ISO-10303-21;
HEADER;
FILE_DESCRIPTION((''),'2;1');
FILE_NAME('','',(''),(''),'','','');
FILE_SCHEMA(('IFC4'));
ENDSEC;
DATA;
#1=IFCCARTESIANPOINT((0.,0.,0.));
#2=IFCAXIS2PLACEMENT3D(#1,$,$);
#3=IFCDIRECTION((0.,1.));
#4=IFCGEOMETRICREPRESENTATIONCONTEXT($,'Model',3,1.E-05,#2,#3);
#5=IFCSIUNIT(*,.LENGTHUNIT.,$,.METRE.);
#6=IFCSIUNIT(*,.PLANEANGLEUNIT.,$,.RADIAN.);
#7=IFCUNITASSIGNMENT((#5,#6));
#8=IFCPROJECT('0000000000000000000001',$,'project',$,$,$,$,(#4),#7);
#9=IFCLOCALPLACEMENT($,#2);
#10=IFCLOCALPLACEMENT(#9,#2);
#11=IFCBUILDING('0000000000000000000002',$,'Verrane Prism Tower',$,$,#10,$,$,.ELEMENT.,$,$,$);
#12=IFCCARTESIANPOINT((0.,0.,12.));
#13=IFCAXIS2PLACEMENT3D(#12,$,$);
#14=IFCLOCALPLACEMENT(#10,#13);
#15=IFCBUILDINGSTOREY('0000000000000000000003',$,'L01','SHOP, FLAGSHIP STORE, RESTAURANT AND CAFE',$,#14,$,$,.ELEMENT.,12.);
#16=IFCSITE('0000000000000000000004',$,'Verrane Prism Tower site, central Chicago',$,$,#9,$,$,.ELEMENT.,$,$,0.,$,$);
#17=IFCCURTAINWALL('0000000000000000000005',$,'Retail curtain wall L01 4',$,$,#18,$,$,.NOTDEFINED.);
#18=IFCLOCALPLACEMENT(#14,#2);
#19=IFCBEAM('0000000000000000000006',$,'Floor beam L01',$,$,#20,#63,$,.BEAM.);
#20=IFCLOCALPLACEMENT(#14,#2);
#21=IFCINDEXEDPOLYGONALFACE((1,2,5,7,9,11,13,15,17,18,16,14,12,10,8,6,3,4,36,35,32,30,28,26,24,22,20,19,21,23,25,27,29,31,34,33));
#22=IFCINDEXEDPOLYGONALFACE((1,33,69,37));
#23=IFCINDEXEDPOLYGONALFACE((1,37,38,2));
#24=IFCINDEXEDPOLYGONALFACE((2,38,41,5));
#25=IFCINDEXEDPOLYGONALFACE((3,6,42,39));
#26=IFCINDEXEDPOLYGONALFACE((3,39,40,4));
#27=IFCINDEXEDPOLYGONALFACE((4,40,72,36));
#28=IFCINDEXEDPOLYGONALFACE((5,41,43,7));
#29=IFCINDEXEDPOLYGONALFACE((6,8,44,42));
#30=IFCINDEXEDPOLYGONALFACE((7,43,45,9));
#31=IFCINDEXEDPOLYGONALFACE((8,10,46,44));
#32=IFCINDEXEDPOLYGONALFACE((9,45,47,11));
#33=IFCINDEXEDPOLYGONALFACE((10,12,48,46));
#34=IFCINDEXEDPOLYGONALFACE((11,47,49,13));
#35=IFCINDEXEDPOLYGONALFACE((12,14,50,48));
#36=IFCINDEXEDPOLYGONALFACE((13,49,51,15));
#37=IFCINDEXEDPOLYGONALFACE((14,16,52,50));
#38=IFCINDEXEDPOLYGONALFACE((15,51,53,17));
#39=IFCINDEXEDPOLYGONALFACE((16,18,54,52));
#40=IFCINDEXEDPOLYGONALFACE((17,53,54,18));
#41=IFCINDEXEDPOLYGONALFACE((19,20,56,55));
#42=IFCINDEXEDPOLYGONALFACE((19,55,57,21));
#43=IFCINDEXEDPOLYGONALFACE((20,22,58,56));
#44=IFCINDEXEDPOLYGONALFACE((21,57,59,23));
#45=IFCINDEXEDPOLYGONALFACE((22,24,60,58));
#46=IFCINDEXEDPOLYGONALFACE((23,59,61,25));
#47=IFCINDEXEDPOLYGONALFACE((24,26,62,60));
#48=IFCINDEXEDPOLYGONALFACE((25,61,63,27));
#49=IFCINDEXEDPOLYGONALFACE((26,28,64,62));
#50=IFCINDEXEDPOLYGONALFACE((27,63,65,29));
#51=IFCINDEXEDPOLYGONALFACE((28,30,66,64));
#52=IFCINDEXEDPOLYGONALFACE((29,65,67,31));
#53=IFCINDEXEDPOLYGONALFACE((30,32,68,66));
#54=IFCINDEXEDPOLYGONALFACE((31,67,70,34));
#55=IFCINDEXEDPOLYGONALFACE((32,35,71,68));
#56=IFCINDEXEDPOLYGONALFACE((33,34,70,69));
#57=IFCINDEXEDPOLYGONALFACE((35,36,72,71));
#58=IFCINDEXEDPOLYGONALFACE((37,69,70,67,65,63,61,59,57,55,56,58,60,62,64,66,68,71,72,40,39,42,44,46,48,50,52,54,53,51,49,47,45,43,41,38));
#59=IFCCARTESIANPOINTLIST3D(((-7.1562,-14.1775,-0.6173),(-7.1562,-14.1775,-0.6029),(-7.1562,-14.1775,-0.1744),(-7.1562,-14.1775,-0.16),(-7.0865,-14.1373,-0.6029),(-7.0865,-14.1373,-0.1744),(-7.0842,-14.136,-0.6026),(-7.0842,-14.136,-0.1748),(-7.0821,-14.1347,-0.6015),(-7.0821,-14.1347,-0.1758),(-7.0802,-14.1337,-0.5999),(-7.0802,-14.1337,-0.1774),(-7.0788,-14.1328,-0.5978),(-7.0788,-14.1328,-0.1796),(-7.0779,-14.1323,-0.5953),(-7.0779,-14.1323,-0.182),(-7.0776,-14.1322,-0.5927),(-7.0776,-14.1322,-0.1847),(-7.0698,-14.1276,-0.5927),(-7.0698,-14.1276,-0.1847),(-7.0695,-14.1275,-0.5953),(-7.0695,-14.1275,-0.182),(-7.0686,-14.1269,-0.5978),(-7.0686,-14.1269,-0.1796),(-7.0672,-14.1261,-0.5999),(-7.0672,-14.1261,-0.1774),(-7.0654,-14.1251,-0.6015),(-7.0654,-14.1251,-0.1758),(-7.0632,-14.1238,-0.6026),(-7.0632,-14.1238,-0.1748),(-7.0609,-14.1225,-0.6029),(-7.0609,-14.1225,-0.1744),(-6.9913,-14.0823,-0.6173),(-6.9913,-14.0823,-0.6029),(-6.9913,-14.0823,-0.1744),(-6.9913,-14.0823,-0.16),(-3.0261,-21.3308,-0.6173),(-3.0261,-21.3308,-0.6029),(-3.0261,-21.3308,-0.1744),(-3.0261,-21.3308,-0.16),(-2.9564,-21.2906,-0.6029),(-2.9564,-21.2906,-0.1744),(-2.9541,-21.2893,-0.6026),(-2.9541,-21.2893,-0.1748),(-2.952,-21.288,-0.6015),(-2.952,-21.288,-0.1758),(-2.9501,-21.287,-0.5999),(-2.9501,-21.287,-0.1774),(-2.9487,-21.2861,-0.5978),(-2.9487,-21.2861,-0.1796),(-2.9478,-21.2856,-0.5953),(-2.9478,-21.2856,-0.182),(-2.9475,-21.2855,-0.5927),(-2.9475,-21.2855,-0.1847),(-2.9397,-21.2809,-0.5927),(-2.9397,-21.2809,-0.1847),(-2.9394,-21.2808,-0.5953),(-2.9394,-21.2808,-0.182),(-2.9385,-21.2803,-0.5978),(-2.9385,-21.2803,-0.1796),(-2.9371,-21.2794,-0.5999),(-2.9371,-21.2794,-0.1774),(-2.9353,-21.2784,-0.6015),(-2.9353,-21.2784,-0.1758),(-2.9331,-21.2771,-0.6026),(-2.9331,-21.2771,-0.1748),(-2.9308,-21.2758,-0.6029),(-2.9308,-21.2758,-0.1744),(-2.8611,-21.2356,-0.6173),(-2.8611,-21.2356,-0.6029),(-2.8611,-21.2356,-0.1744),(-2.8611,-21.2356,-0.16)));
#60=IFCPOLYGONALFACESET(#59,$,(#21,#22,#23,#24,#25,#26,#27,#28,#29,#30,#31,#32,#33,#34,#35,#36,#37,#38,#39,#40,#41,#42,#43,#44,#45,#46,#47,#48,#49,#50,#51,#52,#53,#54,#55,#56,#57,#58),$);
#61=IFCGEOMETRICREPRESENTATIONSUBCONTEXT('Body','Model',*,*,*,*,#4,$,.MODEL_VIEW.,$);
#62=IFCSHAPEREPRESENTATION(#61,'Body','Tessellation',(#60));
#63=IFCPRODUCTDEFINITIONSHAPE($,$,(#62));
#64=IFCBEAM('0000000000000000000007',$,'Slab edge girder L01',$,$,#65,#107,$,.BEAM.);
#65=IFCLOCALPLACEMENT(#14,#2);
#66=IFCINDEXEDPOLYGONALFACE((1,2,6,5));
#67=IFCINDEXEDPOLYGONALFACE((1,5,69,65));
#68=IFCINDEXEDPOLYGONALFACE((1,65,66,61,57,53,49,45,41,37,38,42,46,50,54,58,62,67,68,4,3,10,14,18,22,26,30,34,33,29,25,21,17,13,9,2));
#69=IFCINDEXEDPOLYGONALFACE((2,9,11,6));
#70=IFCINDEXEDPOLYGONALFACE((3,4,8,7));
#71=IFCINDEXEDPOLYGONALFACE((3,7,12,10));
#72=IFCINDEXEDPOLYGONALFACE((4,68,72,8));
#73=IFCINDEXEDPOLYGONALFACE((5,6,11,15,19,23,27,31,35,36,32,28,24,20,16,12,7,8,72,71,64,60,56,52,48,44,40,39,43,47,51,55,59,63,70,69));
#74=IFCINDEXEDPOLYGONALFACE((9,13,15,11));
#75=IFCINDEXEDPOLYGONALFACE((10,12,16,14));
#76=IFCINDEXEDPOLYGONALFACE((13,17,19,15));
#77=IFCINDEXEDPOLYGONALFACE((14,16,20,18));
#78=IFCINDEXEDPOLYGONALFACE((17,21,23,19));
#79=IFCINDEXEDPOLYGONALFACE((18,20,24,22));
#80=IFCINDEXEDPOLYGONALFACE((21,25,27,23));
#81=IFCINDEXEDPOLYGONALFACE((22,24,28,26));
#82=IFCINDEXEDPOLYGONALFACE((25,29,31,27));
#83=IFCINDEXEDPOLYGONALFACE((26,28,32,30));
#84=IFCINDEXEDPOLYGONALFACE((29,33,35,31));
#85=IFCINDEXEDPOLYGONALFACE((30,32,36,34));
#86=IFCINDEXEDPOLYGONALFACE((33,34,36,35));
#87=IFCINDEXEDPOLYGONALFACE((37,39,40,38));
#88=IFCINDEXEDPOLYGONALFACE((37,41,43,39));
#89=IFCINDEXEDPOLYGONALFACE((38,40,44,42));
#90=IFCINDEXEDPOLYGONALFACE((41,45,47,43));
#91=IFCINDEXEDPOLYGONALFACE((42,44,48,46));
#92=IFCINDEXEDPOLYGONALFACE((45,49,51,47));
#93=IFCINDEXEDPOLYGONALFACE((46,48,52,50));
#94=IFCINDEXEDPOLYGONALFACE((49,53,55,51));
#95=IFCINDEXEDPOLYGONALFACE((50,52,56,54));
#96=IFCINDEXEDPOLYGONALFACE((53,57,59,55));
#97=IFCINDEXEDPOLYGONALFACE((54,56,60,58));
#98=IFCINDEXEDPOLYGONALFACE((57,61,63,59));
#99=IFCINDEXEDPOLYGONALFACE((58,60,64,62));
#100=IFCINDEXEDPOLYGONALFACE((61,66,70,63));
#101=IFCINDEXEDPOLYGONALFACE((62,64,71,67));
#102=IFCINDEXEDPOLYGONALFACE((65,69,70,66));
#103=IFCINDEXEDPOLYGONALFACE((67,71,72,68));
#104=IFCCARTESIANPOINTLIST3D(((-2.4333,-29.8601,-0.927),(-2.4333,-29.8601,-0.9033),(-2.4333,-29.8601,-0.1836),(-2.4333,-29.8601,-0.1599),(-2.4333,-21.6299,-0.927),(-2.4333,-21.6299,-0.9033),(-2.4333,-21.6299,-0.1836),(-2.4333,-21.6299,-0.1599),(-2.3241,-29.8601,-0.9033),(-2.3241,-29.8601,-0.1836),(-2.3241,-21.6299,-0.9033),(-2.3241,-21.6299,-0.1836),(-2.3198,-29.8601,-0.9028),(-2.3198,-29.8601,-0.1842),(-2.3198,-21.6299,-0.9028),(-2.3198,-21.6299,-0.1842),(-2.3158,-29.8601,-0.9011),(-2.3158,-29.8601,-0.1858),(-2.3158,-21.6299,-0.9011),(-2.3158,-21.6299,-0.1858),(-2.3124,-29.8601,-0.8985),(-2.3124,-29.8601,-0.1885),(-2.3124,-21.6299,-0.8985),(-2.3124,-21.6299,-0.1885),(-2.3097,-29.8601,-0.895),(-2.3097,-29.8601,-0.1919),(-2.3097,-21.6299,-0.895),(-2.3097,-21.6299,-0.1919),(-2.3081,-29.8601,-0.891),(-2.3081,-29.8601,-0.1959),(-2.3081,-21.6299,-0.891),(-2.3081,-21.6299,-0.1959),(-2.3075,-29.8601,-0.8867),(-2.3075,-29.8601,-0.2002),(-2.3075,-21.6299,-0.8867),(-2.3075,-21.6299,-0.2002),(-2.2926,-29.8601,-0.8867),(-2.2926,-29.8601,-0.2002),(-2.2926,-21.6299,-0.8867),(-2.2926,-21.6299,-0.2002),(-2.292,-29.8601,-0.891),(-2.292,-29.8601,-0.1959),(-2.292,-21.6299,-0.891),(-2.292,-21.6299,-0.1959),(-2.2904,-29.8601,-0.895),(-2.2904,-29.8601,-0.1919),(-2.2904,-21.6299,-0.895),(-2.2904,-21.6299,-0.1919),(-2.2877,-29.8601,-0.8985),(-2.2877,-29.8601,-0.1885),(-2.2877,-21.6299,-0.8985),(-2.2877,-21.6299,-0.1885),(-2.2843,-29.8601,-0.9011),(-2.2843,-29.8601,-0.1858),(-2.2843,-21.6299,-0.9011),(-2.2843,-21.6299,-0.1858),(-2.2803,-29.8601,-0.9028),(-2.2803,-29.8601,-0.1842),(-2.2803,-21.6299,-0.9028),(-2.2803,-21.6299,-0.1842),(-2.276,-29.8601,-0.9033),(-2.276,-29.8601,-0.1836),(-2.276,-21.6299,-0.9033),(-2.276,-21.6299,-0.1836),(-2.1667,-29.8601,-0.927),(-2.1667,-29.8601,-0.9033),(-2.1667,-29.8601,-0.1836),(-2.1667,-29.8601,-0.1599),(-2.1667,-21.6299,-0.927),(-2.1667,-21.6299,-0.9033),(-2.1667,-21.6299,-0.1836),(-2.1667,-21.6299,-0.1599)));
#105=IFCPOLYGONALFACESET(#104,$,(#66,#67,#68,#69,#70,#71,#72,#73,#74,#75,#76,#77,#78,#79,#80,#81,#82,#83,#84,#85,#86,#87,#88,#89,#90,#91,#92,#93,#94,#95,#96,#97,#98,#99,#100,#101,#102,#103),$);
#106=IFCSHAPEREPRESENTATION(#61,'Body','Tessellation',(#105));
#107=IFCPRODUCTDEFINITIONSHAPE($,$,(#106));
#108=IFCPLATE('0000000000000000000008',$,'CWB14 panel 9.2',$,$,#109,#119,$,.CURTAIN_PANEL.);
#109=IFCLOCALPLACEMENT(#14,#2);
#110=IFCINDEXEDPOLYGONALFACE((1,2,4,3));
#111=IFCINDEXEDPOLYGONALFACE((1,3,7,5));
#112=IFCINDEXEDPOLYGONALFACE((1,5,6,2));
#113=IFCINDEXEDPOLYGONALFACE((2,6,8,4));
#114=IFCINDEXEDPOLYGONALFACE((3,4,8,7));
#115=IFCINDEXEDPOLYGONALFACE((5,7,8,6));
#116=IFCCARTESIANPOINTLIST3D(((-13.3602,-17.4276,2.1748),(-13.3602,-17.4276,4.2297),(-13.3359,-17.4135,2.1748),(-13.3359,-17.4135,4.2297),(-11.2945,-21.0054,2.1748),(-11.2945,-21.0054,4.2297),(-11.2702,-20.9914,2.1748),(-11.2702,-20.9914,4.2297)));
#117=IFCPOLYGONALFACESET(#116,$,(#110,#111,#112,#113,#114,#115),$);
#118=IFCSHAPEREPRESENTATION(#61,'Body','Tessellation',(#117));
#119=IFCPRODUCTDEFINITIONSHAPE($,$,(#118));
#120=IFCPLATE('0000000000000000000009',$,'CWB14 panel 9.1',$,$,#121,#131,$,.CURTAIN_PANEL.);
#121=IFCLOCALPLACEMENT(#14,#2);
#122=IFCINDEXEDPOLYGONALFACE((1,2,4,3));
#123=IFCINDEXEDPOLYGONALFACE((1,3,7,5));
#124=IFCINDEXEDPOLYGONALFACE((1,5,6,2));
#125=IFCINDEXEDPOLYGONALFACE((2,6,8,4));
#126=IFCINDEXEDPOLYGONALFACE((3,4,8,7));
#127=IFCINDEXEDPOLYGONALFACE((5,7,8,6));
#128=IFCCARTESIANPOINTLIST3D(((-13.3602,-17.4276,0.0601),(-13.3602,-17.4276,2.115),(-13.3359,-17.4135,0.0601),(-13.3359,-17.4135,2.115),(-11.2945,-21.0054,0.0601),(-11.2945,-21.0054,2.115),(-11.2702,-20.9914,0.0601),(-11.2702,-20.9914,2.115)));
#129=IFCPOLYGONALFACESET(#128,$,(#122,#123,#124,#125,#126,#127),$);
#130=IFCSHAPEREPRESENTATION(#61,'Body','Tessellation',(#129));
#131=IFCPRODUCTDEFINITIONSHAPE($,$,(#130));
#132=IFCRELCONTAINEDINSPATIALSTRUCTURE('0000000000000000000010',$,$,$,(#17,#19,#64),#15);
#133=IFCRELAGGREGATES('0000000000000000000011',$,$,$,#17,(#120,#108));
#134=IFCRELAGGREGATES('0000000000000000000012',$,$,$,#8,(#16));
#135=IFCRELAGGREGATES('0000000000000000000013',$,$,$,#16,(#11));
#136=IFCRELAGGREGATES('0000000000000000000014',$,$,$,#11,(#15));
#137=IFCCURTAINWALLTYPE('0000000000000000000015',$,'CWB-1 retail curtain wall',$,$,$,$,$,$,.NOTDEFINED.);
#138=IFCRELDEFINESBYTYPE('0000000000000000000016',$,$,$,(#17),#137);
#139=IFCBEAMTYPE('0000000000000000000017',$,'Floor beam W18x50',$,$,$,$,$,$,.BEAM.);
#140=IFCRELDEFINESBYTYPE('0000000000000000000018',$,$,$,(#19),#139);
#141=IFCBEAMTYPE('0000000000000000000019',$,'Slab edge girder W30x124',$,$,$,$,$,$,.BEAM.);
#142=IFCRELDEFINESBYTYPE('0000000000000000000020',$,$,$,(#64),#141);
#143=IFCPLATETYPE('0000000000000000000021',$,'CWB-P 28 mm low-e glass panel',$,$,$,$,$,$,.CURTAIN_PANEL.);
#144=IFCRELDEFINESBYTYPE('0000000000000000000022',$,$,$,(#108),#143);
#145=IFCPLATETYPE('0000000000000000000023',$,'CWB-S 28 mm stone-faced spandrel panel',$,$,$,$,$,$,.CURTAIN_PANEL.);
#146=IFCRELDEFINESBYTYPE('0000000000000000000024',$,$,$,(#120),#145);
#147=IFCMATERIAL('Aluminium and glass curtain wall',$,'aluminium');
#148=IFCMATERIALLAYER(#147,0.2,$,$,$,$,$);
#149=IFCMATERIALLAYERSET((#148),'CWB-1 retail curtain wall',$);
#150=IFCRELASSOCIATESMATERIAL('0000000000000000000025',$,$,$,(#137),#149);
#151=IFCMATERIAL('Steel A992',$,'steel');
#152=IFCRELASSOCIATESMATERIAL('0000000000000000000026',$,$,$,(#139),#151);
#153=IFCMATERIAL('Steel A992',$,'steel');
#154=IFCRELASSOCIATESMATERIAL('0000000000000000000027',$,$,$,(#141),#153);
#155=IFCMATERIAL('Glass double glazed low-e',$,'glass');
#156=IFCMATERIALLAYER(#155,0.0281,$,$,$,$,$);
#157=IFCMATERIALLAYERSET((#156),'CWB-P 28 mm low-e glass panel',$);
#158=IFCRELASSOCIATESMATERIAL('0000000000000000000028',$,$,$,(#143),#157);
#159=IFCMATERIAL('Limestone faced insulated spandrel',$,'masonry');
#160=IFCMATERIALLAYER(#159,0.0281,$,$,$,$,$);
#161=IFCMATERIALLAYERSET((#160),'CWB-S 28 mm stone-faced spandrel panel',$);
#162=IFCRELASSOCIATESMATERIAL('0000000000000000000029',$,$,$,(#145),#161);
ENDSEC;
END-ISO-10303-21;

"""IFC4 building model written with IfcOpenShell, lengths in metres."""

from ifc_helpers import new_model, si_unit, direction, frame, origin, origin_2d, place, context, subcontext, project, spatial, rectangle, i_section, extrude, material, layer, layer_set, material_profile, profile_set, type_object, element, aggregate, save


model = new_model("IFC4")

# Units and contexts
model_context = context("Model", 3, precision=1e-05, world=origin(), true_north=direction((0.0, 1.0)))
body_context = subcontext(model_context, "Body", "Model", "MODEL_VIEW")
ifc_project = project(units=[si_unit("LENGTHUNIT", "METRE"), si_unit("PLANEANGLEUNIT", "RADIAN")], contexts=[model_context])

# Site, building, storey
site_placement = place(None, origin())
site = spatial("IfcSite", under=ifc_project, at=site_placement, Name="Verrane Prism Tower site, central Chicago", CompositionType="ELEMENT", RefElevation=0.0)
building_placement = place(site_placement, origin())
building = spatial("IfcBuilding", under=site, at=building_placement, Name="Verrane Prism Tower", CompositionType="ELEMENT")
storey_placement = place(building_placement, frame((0.0, 0.0, 12.0)))
storey = spatial("IfcBuildingStorey", under=building, at=storey_placement, Name="L01", Description="SHOP, FLAGSHIP STORE, RESTAURANT AND CAFE", CompositionType="ELEMENT", Elevation=12.0)

# Curtain wall
ifc_material_1 = material(Name="Aluminium and glass curtain wall", Category="aluminium")
ifc_layer_1 = layer(ifc_material_1, 0.2)
ifc_layer_set_1 = layer_set([ifc_layer_1], Name="CWB-1 retail curtain wall")
curtain_wall_type = type_object("IfcCurtainWallType", Name="CWB-1 retail curtain wall", PredefinedType="NOTDEFINED", material=ifc_layer_set_1)
curtain_wall_placement = place(storey_placement, origin())
curtain_wall = element("IfcCurtainWall", 1, at=curtain_wall_placement, inside=storey, type_object=curtain_wall_type, Name="Retail curtain wall L01 4", PredefinedType="NOTDEFINED")

# Beams
ifc_material_2 = material(Name="Steel A992", Category="steel")
ifc_material_profile_1 = material_profile(ifc_material_2, i_section(OverallWidth=0.1904, OverallDepth=0.4573, WebThickness=0.009, FlangeThickness=0.0144, FilletRadius=0.0103, at=origin_2d()), Name="W18x50")
ifc_profile_set_1 = profile_set([ifc_material_profile_1], Name="Steel A992")
beam_type_1 = type_object("IfcBeamType", Name="Floor beam W18x50", PredefinedType="BEAM", material=ifc_profile_set_1)
beam_1_placement = place(storey_placement, frame((-2.9436, -21.2832, -0.3887), z_axis=(-0.500014, 0.866017, 0.0), x_axis=(-0.866017, -0.500014, 0.0)))
element("IfcBeam", 2, at=beam_1_placement, inside=storey, type_object=beam_type_1, Name="Floor beam L01", PredefinedType="BEAM", context=body_context, shape_type="SweptSolid", body=[
    extrude(i_section(OverallWidth=0.1904, OverallDepth=0.4573, WebThickness=0.009, FlangeThickness=0.0144, FilletRadius=0.0103, at=origin_2d()), origin(), (0.0, 0.0, 1.0), 8.26),
])
ifc_material_3 = material(Name="Steel A992", Category="steel")
ifc_material_profile_2 = material_profile(ifc_material_3, i_section(OverallWidth=0.2666, OverallDepth=0.7671, WebThickness=0.0149, FlangeThickness=0.0237, FilletRadius=0.0166, at=origin_2d()), Name="W30x124")
ifc_profile_set_2 = profile_set([ifc_material_profile_2], Name="Steel A992")
beam_type_2 = type_object("IfcBeamType", Name="Slab edge girder W30x124", PredefinedType="BEAM", material=ifc_profile_set_2)
beam_2_placement = place(storey_placement, frame((-2.3, -21.6299, -0.5435), z_axis=(0.0, -1.0, 0.0), x_axis=(1.0, 0.0, 0.0)))
element("IfcBeam", 3, at=beam_2_placement, inside=storey, type_object=beam_type_2, Name="Slab edge girder L01", PredefinedType="BEAM", context=body_context, shape_type="SweptSolid", body=[
    extrude(i_section(OverallWidth=0.2666, OverallDepth=0.7671, WebThickness=0.0149, FlangeThickness=0.0237, FilletRadius=0.0166, at=origin_2d()), origin(), (0.0, 0.0, 1.0), 8.2302),
])

# Plates
ifc_material_4 = material(Name="Glass double glazed low-e", Category="glass")
ifc_layer_2 = layer(ifc_material_4, 0.0281)
ifc_layer_set_2 = layer_set([ifc_layer_2], Name="CWB-P 28 mm low-e glass panel")
plate_type_1 = type_object("IfcPlateType", Name="CWB-P 28 mm low-e glass panel", PredefinedType="CURTAIN_PANEL", material=ifc_layer_set_2)
plate_1_placement = place(storey_placement, frame((-12.3152, -19.2095, 2.1748), z_axis=(0.0, 0.0, 1.0), x_axis=(0.5, -0.866025, 0.0)))
plate_1 = element("IfcPlate", 4, at=plate_1_placement, type_object=plate_type_1, Name="CWB14 panel 9.2", PredefinedType="CURTAIN_PANEL", context=body_context, shape_type="SweptSolid", body=[
    extrude(rectangle(XDim=4.1313, YDim=0.0281, at=origin_2d()), origin(), (0.0, 0.0, 1.0), 2.0549),
])
ifc_material_5 = material(Name="Limestone faced insulated spandrel", Category="masonry")
ifc_layer_3 = layer(ifc_material_5, 0.0281)
ifc_layer_set_3 = layer_set([ifc_layer_3], Name="CWB-S 28 mm stone-faced spandrel panel")
plate_type_2 = type_object("IfcPlateType", Name="CWB-S 28 mm stone-faced spandrel panel", PredefinedType="CURTAIN_PANEL", material=ifc_layer_set_3)
plate_2_placement = place(storey_placement, frame((-12.3152, -19.2095, 0.0601), z_axis=(0.0, 0.0, 1.0), x_axis=(0.5, -0.866025, 0.0)))
plate_2 = element("IfcPlate", 5, at=plate_2_placement, type_object=plate_type_2, Name="CWB14 panel 9.1", PredefinedType="CURTAIN_PANEL", context=body_context, shape_type="SweptSolid", body=[
    extrude(rectangle(XDim=4.1313, YDim=0.0281, at=origin_2d()), origin(), (0.0, 0.0, 1.0), 2.0549),
])
aggregate(curtain_wall, [plate_2, plate_1])

save(model, "model.ifc")
